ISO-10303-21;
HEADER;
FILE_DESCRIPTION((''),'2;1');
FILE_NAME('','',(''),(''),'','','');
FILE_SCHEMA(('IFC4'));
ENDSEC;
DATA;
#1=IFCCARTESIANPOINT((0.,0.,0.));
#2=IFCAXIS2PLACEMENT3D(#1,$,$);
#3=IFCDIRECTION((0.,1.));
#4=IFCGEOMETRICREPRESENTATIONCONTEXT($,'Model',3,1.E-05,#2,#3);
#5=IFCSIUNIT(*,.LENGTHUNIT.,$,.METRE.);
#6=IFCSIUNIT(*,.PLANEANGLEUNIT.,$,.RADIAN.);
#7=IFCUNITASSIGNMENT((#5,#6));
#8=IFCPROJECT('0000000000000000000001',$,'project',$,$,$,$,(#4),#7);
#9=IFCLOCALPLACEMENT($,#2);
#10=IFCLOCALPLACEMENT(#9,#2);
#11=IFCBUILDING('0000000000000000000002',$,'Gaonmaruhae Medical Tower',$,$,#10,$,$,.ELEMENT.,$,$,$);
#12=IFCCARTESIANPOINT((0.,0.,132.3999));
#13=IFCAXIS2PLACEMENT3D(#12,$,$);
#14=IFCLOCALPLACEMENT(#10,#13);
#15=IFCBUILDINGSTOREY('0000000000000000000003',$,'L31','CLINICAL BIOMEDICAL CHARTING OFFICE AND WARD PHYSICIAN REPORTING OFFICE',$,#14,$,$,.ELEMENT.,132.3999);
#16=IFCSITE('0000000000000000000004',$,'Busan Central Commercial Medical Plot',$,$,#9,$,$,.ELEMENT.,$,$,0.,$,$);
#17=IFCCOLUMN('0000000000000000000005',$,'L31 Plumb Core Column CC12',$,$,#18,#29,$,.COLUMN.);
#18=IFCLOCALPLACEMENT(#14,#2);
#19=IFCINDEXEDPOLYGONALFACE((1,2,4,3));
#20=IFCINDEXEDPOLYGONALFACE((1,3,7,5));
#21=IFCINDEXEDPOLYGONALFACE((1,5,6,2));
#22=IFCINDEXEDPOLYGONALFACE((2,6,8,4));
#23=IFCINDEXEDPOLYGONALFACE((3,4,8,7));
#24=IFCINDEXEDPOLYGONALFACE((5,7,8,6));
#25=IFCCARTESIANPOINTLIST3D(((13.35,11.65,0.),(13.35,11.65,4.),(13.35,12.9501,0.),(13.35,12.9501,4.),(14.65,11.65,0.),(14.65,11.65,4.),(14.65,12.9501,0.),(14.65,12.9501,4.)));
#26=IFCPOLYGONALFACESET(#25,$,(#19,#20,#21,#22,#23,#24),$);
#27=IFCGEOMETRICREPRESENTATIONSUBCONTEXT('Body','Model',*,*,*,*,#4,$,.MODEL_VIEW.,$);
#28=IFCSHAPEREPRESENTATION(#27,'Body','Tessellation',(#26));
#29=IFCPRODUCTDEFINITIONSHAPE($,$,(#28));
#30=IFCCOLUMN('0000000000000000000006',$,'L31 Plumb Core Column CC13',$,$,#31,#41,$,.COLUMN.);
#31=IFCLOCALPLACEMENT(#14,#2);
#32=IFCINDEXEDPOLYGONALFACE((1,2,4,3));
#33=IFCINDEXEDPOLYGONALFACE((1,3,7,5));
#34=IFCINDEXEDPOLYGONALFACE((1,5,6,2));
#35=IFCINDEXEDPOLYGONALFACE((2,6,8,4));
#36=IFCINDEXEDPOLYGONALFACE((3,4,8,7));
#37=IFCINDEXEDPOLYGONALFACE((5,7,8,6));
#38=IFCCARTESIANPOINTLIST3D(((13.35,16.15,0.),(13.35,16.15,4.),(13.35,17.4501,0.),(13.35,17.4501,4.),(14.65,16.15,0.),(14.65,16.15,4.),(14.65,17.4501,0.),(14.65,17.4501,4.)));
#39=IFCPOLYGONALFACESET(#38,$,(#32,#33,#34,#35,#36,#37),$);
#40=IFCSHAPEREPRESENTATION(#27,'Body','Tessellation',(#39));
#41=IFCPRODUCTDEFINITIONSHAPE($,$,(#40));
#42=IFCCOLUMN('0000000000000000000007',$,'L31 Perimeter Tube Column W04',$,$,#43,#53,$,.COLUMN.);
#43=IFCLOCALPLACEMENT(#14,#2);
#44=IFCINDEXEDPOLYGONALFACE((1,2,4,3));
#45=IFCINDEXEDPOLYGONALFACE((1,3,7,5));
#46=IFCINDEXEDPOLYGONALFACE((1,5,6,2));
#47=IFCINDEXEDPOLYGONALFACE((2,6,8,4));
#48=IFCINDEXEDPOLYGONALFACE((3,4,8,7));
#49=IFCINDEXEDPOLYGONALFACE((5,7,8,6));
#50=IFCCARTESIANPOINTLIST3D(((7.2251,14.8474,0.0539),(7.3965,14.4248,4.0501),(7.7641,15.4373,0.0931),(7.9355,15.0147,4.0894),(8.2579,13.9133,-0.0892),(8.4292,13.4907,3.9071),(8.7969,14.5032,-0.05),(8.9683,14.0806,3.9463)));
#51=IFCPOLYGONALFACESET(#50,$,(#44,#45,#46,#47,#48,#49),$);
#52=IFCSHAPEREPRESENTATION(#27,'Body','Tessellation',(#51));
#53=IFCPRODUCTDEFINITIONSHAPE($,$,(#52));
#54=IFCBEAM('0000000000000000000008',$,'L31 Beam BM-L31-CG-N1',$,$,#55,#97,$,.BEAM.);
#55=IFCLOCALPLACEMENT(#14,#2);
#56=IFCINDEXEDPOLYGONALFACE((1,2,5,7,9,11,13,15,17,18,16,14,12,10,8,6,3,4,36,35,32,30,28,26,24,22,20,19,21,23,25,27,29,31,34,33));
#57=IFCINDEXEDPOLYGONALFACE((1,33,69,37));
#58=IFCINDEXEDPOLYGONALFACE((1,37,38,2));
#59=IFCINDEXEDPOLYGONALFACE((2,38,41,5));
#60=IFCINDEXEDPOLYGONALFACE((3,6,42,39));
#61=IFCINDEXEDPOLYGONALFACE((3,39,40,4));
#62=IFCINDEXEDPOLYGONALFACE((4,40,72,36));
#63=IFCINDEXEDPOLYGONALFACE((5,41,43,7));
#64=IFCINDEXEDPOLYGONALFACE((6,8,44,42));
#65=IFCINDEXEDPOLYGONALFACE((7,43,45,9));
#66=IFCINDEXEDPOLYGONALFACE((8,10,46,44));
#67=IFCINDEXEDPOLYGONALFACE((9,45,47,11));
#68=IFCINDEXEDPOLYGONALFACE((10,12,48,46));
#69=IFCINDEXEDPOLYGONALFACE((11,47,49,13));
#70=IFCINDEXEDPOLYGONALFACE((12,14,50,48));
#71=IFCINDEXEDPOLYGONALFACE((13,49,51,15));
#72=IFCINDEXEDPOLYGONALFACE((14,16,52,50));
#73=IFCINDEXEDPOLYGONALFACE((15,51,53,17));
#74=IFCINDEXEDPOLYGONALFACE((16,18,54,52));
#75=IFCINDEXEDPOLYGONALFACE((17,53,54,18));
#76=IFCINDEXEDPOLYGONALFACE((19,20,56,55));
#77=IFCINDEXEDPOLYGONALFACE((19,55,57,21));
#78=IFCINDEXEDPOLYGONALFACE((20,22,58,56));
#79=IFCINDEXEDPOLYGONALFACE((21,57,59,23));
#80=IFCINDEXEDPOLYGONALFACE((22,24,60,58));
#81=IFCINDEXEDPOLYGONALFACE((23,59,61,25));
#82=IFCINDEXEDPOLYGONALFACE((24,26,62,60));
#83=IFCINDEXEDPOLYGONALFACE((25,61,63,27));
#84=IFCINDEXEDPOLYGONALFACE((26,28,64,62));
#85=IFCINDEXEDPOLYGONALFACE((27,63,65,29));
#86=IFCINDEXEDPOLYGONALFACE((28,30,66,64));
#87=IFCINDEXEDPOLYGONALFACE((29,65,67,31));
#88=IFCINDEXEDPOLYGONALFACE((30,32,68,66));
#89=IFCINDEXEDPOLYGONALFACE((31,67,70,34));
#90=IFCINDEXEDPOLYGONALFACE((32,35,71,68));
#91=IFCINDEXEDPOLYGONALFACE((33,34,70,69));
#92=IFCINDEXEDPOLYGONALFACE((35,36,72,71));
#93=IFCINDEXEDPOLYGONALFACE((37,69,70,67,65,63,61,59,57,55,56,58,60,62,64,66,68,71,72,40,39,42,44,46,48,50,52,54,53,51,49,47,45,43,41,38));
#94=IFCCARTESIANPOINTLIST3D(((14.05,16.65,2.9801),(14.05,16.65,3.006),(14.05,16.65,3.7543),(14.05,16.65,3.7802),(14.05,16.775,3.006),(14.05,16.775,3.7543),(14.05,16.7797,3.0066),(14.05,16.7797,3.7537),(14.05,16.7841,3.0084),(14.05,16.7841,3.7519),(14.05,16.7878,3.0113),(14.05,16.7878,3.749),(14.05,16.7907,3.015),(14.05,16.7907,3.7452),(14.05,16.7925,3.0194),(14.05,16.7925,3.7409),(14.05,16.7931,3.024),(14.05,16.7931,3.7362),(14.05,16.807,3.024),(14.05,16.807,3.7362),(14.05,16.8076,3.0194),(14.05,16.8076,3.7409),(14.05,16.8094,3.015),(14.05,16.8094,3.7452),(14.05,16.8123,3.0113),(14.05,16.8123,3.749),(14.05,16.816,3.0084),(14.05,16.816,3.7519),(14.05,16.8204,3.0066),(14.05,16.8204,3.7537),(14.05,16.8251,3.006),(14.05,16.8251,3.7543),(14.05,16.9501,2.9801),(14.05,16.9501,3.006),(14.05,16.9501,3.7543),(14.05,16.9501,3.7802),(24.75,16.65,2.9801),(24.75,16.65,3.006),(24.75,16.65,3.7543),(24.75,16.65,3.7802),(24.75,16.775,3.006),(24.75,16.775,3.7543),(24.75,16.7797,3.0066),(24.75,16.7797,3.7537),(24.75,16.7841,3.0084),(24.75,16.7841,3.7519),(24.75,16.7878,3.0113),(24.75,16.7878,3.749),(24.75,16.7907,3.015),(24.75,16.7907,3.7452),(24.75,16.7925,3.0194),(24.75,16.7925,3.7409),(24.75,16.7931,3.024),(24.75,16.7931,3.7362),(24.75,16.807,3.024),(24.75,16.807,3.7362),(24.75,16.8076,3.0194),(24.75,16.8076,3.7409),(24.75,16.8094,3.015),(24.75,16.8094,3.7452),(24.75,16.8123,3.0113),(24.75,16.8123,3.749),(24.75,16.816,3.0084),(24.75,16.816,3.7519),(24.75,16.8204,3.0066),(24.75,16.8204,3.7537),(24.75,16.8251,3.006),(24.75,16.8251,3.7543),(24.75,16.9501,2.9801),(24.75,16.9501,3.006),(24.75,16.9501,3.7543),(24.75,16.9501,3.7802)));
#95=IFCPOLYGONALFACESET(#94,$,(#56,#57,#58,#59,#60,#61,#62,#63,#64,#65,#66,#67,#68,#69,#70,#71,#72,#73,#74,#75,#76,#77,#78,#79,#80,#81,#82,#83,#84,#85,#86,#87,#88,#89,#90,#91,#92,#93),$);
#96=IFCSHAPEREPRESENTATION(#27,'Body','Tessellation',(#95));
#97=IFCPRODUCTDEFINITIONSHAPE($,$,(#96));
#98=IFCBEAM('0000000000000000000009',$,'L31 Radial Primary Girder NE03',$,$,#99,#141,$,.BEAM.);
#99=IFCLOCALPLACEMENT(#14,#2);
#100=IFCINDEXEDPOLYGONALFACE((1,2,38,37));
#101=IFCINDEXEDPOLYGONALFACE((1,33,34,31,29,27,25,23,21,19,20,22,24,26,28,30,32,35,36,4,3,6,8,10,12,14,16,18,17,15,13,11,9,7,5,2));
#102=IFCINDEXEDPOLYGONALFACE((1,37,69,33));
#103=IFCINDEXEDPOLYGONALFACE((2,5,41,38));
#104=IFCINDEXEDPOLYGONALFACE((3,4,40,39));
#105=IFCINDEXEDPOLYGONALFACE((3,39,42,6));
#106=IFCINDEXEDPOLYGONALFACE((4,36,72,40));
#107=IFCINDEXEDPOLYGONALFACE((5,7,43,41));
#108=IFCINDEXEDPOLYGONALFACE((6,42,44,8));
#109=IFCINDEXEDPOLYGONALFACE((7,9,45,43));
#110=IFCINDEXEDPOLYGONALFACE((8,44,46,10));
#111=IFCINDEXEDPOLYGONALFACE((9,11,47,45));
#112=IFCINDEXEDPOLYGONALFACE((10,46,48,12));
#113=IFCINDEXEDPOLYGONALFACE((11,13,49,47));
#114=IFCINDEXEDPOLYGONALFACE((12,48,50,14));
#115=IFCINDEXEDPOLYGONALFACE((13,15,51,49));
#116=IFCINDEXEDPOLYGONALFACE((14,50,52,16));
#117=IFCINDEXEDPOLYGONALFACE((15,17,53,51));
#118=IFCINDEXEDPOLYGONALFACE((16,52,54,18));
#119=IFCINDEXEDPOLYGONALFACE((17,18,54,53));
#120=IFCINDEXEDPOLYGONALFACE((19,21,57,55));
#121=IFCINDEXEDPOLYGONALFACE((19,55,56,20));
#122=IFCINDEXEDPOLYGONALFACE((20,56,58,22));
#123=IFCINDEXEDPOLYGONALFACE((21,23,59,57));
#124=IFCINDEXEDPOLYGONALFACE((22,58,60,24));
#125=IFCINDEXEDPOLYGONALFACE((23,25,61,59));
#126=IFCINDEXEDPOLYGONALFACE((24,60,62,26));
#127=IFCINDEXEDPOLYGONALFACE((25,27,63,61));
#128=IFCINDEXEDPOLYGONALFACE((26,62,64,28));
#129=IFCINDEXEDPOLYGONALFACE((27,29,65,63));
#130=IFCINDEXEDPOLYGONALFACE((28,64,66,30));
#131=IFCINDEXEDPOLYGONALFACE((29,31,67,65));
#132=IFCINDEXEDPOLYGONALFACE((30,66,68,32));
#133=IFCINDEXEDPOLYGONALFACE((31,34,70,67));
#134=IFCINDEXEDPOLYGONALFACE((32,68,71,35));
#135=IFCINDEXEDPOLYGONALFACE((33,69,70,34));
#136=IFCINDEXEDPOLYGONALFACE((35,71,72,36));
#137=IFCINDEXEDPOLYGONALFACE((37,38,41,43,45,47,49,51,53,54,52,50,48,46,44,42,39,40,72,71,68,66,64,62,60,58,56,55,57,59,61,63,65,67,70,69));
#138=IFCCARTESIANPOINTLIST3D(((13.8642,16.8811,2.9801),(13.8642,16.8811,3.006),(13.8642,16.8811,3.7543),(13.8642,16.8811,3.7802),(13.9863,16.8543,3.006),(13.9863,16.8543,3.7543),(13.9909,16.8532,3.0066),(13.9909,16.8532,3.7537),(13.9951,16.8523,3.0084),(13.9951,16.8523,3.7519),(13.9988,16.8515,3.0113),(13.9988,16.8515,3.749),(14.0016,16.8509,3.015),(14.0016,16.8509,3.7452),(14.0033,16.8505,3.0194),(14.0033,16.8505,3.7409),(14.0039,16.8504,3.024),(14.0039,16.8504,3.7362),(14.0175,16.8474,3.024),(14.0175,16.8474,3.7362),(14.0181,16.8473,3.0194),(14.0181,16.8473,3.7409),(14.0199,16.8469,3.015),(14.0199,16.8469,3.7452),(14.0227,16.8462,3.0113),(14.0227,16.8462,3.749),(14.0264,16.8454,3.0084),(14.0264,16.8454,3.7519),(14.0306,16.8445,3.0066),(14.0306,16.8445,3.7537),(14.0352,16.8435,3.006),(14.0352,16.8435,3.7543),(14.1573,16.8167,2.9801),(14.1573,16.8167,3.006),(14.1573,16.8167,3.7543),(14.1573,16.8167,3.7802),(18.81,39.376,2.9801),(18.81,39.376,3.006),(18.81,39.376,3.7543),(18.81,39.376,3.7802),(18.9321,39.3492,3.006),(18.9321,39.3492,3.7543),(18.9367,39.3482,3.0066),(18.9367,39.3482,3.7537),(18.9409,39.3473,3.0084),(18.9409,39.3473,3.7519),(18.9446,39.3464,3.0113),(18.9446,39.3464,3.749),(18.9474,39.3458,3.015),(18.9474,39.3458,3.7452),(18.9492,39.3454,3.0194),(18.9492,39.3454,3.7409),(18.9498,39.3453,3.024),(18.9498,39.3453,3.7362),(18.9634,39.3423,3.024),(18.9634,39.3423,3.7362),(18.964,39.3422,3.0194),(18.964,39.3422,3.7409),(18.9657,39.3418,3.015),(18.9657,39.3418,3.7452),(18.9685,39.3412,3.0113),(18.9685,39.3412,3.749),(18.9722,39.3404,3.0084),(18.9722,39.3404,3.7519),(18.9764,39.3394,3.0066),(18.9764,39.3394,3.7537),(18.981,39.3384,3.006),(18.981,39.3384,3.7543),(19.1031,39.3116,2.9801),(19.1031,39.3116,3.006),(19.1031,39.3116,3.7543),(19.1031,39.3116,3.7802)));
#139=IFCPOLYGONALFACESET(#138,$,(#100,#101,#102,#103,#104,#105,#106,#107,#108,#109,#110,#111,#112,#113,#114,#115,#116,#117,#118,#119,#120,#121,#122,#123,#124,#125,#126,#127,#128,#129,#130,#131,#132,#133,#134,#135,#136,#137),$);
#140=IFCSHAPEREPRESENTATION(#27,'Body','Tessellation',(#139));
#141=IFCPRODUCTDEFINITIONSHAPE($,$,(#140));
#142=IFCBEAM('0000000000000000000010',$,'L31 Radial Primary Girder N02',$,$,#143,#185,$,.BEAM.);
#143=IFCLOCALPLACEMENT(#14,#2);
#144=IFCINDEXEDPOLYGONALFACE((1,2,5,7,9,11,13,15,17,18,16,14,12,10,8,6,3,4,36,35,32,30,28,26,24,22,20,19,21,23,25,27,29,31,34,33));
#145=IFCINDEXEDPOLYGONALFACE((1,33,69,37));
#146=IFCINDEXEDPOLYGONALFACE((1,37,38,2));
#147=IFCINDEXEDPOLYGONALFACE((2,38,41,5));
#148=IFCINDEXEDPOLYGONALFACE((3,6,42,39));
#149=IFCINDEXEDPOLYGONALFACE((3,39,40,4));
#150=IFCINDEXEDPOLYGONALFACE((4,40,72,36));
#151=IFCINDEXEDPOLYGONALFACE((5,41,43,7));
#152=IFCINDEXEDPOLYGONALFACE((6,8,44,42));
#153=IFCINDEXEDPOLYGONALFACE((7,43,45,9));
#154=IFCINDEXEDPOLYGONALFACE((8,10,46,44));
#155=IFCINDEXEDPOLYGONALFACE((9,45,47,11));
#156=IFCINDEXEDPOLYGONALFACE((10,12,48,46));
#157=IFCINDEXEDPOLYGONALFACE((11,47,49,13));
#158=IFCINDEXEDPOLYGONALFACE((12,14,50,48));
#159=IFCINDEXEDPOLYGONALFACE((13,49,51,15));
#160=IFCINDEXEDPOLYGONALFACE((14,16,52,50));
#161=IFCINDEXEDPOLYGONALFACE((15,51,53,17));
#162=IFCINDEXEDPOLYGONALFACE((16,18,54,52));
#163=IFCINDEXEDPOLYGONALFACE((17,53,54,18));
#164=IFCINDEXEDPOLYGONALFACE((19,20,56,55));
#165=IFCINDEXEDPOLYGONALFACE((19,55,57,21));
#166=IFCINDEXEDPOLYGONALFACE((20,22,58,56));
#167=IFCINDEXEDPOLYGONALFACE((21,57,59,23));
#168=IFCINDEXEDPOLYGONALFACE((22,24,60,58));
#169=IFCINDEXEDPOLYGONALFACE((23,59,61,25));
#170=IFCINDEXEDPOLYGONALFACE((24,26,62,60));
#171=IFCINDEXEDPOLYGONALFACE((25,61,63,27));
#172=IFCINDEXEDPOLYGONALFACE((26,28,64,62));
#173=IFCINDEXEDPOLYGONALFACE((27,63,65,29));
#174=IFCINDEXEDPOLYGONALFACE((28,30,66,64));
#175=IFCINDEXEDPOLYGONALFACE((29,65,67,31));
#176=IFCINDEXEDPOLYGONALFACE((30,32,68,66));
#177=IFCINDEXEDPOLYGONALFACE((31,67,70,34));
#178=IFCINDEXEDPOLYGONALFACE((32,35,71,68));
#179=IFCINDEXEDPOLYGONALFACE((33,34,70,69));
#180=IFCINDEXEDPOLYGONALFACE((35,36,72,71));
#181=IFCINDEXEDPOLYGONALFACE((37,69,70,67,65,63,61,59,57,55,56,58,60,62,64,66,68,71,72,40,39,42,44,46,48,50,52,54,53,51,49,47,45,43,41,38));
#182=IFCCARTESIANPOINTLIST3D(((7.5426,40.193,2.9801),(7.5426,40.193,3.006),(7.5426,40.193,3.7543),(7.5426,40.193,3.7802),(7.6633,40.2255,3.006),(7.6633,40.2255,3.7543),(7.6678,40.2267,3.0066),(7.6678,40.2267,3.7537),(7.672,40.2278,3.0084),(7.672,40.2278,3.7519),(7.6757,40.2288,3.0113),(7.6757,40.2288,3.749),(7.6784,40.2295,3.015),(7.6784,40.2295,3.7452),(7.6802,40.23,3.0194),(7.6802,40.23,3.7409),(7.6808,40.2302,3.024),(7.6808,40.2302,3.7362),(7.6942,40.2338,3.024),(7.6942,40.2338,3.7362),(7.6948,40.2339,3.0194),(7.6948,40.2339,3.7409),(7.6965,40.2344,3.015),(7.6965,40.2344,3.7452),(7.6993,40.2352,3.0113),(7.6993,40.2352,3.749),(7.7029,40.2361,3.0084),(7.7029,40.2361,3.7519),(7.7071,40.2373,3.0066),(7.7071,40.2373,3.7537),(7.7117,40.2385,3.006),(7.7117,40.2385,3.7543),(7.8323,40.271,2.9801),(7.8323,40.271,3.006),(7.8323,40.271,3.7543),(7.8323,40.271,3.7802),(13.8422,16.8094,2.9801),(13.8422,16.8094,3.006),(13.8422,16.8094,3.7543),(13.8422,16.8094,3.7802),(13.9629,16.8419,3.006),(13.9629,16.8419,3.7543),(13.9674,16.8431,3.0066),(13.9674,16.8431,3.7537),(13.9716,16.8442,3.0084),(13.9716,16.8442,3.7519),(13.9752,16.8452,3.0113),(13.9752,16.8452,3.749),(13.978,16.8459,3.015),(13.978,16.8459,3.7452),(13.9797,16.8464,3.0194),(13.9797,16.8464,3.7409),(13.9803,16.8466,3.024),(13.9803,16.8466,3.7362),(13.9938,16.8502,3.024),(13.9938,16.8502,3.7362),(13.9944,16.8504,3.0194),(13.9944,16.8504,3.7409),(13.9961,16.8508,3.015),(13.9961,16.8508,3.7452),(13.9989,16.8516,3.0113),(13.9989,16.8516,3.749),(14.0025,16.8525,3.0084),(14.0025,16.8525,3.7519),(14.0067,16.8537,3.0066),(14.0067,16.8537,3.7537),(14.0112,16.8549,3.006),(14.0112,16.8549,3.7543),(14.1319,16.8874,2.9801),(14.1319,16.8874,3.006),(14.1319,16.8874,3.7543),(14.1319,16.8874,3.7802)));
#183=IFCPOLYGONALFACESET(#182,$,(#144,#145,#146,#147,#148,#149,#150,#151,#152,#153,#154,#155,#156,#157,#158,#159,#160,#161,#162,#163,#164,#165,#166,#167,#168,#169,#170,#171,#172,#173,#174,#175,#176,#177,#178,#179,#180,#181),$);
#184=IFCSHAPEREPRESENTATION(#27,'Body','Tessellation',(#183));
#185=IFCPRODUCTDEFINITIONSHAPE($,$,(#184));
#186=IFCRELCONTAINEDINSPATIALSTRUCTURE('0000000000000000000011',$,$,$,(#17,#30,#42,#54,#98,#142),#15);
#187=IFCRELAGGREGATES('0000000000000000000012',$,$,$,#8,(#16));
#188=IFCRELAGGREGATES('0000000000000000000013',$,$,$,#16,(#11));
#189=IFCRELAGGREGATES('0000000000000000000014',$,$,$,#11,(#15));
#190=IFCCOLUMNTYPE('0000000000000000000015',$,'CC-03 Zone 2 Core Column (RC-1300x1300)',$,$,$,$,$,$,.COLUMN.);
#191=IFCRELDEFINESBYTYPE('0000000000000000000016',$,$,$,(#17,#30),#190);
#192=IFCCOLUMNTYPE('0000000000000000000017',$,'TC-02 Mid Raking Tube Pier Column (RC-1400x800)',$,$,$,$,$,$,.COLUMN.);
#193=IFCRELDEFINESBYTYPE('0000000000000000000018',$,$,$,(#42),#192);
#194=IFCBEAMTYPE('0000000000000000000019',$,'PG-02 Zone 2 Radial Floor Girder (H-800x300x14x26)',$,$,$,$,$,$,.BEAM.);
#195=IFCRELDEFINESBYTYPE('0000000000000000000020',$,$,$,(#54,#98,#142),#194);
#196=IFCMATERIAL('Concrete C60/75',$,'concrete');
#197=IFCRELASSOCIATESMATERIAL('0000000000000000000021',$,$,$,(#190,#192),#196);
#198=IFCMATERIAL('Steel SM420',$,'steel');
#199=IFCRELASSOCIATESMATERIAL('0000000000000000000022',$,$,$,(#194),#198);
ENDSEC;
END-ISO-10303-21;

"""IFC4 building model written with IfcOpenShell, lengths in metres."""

from ifc_helpers import new_model, si_unit, direction, frame, origin, origin_2d, place, context, subcontext, project, spatial, rectangle, i_section, extrude, material, material_profile, profile_set, type_object, element, save


model = new_model("IFC4")

# Units and contexts
model_context = context("Model", 3, precision=1e-05, world=origin(), true_north=direction((0.0, 1.0)))
body_context = subcontext(model_context, "Body", "Model", "MODEL_VIEW")
ifc_project = project(units=[si_unit("LENGTHUNIT", "METRE"), si_unit("PLANEANGLEUNIT", "RADIAN")], contexts=[model_context])

# Site, building, storey
site_placement = place(None, origin())
site = spatial("IfcSite", under=ifc_project, at=site_placement, Name="Busan Central Commercial Medical Plot", CompositionType="ELEMENT", RefElevation=0.0)
building_placement = place(site_placement, origin())
building = spatial("IfcBuilding", under=site, at=building_placement, Name="Gaonmaruhae Medical Tower", CompositionType="ELEMENT")
storey_placement = place(building_placement, frame((0.0, 0.0, 132.3999)))
storey = spatial("IfcBuildingStorey", under=building, at=storey_placement, Name="L31", Description="CLINICAL BIOMEDICAL CHARTING OFFICE AND WARD PHYSICIAN REPORTING OFFICE", CompositionType="ELEMENT", Elevation=132.3999)

# Columns
ifc_material_1 = material(Name="Concrete C60/75", Category="concrete")
ifc_material_profile_1 = material_profile(ifc_material_1, rectangle(XDim=1.3, YDim=1.3, at=origin_2d()), Name="RC-1300x1300")
ifc_profile_set_1 = profile_set([ifc_material_profile_1], Name="Concrete C60/75")
column_type_1 = type_object("IfcColumnType", Name="CC-03 Zone 2 Core Column (RC-1300x1300)", PredefinedType="COLUMN", material=ifc_profile_set_1)
for number, where, z_axis, x_axis, name in (
    (1, (14.0, 12.3, 0.0), (0.0, 0.0, 1.0), (1.0, 0.0, 0.0), "L31 Plumb Core Column CC12"),
    (2, (14.0, 16.8, 0.0), (0.0, 0.0, 1.0), (1.0, 0.0, 0.0), "L31 Plumb Core Column CC13"),
):
    element("IfcColumn", number, at=place(storey_placement, frame(where, z_axis=z_axis, x_axis=x_axis)), inside=storey, type_object=column_type_1, Name=name, PredefinedType="COLUMN", context=body_context, shape_type="SweptSolid", body=[
        extrude(rectangle(XDim=1.3, YDim=1.3, at=origin_2d()), origin(), (0.0, 0.0, 1.0), 4.0),
    ])
ifc_material_profile_2 = material_profile(ifc_material_1, rectangle(XDim=1.3999, YDim=0.8, at=origin_2d()), Name="RC-1400x800")
ifc_profile_set_2 = profile_set([ifc_material_profile_2], Name="Concrete C60/75")
column_type_2 = type_object("IfcColumnType", Name="TC-02 Mid Raking Tube Pier Column (RC-1400x800)", PredefinedType="COLUMN", material=ifc_profile_set_2)
column_placement = place(storey_placement, frame((8.011, 14.6753, 0.002), z_axis=(0.042609, -0.105067, 0.993552), x_axis=(-0.737738, 0.667306, 0.102205)))
element("IfcColumn", 3, at=column_placement, inside=storey, type_object=column_type_2, Name="L31 Perimeter Tube Column W04", PredefinedType="COLUMN", context=body_context, shape_type="SweptSolid", body=[
    extrude(rectangle(XDim=1.3999, YDim=0.8, at=origin_2d()), origin(), (0.0, 0.0, 1.0), 4.0222),
])

# Beams
ifc_material_2 = material(Name="Steel SM420", Category="steel")
ifc_material_profile_3 = material_profile(ifc_material_2, i_section(OverallWidth=0.3, OverallDepth=0.8, WebThickness=0.0139, FlangeThickness=0.0259, FilletRadius=0.0181, at=origin_2d()), Name="H-800x300x14x26")
ifc_profile_set_3 = profile_set([ifc_material_profile_3], Name="Steel SM420")
beam_type_1 = type_object("IfcBeamType", Name="PG-02 Zone 2 Radial Floor Girder (H-800x300x14x26)", PredefinedType="BEAM", material=ifc_profile_set_3)
beam_1_placement = place(storey_placement, frame((14.05, 16.8, 3.3801), z_axis=(1.0, 0.0, 0.0), x_axis=(0.0, 1.0, 0.0)))
element("IfcBeam", 4, at=beam_1_placement, inside=storey, type_object=beam_type_1, Name="L31 Beam BM-L31-CG-N1", PredefinedType="BEAM", context=body_context, shape_type="SweptSolid", body=[
    extrude(i_section(OverallWidth=0.3, OverallDepth=0.8, WebThickness=0.0139, FlangeThickness=0.0259, FilletRadius=0.0181, at=origin_2d()), origin(), (0.0, 0.0, 1.0), 10.7),
])
beam_2_placement = place(storey_placement, frame((14.0107, 16.8489, 3.3801), z_axis=(0.214735, 0.976672, 0.0), x_axis=(-0.976672, 0.214735, 0.0)))
element("IfcBeam", 5, at=beam_2_placement, inside=storey, type_object=beam_type_1, Name="L31 Radial Primary Girder NE03", PredefinedType="BEAM", context=body_context, shape_type="SweptSolid", body=[
    extrude(i_section(OverallWidth=0.3, OverallDepth=0.8, WebThickness=0.0139, FlangeThickness=0.0259, FilletRadius=0.0181, at=origin_2d()), origin(), (0.0, 0.0, 1.0), 23.0322),
])
beam_3_placement = place(storey_placement, frame((13.9871, 16.8484, 3.3801), z_axis=(-0.260127, 0.965574, 0.0), x_axis=(-0.965574, -0.260127, 0.0)))
element("IfcBeam", 6, at=beam_3_placement, inside=storey, type_object=beam_type_1, Name="L31 Radial Primary Girder N02", PredefinedType="BEAM", context=body_context, shape_type="SweptSolid", body=[
    extrude(i_section(OverallWidth=0.3, OverallDepth=0.8, WebThickness=0.0139, FlangeThickness=0.0259, FilletRadius=0.0181, at=origin_2d()), origin(), (0.0, 0.0, 1.0), 24.2173),
])

save(model, "model.ifc")
